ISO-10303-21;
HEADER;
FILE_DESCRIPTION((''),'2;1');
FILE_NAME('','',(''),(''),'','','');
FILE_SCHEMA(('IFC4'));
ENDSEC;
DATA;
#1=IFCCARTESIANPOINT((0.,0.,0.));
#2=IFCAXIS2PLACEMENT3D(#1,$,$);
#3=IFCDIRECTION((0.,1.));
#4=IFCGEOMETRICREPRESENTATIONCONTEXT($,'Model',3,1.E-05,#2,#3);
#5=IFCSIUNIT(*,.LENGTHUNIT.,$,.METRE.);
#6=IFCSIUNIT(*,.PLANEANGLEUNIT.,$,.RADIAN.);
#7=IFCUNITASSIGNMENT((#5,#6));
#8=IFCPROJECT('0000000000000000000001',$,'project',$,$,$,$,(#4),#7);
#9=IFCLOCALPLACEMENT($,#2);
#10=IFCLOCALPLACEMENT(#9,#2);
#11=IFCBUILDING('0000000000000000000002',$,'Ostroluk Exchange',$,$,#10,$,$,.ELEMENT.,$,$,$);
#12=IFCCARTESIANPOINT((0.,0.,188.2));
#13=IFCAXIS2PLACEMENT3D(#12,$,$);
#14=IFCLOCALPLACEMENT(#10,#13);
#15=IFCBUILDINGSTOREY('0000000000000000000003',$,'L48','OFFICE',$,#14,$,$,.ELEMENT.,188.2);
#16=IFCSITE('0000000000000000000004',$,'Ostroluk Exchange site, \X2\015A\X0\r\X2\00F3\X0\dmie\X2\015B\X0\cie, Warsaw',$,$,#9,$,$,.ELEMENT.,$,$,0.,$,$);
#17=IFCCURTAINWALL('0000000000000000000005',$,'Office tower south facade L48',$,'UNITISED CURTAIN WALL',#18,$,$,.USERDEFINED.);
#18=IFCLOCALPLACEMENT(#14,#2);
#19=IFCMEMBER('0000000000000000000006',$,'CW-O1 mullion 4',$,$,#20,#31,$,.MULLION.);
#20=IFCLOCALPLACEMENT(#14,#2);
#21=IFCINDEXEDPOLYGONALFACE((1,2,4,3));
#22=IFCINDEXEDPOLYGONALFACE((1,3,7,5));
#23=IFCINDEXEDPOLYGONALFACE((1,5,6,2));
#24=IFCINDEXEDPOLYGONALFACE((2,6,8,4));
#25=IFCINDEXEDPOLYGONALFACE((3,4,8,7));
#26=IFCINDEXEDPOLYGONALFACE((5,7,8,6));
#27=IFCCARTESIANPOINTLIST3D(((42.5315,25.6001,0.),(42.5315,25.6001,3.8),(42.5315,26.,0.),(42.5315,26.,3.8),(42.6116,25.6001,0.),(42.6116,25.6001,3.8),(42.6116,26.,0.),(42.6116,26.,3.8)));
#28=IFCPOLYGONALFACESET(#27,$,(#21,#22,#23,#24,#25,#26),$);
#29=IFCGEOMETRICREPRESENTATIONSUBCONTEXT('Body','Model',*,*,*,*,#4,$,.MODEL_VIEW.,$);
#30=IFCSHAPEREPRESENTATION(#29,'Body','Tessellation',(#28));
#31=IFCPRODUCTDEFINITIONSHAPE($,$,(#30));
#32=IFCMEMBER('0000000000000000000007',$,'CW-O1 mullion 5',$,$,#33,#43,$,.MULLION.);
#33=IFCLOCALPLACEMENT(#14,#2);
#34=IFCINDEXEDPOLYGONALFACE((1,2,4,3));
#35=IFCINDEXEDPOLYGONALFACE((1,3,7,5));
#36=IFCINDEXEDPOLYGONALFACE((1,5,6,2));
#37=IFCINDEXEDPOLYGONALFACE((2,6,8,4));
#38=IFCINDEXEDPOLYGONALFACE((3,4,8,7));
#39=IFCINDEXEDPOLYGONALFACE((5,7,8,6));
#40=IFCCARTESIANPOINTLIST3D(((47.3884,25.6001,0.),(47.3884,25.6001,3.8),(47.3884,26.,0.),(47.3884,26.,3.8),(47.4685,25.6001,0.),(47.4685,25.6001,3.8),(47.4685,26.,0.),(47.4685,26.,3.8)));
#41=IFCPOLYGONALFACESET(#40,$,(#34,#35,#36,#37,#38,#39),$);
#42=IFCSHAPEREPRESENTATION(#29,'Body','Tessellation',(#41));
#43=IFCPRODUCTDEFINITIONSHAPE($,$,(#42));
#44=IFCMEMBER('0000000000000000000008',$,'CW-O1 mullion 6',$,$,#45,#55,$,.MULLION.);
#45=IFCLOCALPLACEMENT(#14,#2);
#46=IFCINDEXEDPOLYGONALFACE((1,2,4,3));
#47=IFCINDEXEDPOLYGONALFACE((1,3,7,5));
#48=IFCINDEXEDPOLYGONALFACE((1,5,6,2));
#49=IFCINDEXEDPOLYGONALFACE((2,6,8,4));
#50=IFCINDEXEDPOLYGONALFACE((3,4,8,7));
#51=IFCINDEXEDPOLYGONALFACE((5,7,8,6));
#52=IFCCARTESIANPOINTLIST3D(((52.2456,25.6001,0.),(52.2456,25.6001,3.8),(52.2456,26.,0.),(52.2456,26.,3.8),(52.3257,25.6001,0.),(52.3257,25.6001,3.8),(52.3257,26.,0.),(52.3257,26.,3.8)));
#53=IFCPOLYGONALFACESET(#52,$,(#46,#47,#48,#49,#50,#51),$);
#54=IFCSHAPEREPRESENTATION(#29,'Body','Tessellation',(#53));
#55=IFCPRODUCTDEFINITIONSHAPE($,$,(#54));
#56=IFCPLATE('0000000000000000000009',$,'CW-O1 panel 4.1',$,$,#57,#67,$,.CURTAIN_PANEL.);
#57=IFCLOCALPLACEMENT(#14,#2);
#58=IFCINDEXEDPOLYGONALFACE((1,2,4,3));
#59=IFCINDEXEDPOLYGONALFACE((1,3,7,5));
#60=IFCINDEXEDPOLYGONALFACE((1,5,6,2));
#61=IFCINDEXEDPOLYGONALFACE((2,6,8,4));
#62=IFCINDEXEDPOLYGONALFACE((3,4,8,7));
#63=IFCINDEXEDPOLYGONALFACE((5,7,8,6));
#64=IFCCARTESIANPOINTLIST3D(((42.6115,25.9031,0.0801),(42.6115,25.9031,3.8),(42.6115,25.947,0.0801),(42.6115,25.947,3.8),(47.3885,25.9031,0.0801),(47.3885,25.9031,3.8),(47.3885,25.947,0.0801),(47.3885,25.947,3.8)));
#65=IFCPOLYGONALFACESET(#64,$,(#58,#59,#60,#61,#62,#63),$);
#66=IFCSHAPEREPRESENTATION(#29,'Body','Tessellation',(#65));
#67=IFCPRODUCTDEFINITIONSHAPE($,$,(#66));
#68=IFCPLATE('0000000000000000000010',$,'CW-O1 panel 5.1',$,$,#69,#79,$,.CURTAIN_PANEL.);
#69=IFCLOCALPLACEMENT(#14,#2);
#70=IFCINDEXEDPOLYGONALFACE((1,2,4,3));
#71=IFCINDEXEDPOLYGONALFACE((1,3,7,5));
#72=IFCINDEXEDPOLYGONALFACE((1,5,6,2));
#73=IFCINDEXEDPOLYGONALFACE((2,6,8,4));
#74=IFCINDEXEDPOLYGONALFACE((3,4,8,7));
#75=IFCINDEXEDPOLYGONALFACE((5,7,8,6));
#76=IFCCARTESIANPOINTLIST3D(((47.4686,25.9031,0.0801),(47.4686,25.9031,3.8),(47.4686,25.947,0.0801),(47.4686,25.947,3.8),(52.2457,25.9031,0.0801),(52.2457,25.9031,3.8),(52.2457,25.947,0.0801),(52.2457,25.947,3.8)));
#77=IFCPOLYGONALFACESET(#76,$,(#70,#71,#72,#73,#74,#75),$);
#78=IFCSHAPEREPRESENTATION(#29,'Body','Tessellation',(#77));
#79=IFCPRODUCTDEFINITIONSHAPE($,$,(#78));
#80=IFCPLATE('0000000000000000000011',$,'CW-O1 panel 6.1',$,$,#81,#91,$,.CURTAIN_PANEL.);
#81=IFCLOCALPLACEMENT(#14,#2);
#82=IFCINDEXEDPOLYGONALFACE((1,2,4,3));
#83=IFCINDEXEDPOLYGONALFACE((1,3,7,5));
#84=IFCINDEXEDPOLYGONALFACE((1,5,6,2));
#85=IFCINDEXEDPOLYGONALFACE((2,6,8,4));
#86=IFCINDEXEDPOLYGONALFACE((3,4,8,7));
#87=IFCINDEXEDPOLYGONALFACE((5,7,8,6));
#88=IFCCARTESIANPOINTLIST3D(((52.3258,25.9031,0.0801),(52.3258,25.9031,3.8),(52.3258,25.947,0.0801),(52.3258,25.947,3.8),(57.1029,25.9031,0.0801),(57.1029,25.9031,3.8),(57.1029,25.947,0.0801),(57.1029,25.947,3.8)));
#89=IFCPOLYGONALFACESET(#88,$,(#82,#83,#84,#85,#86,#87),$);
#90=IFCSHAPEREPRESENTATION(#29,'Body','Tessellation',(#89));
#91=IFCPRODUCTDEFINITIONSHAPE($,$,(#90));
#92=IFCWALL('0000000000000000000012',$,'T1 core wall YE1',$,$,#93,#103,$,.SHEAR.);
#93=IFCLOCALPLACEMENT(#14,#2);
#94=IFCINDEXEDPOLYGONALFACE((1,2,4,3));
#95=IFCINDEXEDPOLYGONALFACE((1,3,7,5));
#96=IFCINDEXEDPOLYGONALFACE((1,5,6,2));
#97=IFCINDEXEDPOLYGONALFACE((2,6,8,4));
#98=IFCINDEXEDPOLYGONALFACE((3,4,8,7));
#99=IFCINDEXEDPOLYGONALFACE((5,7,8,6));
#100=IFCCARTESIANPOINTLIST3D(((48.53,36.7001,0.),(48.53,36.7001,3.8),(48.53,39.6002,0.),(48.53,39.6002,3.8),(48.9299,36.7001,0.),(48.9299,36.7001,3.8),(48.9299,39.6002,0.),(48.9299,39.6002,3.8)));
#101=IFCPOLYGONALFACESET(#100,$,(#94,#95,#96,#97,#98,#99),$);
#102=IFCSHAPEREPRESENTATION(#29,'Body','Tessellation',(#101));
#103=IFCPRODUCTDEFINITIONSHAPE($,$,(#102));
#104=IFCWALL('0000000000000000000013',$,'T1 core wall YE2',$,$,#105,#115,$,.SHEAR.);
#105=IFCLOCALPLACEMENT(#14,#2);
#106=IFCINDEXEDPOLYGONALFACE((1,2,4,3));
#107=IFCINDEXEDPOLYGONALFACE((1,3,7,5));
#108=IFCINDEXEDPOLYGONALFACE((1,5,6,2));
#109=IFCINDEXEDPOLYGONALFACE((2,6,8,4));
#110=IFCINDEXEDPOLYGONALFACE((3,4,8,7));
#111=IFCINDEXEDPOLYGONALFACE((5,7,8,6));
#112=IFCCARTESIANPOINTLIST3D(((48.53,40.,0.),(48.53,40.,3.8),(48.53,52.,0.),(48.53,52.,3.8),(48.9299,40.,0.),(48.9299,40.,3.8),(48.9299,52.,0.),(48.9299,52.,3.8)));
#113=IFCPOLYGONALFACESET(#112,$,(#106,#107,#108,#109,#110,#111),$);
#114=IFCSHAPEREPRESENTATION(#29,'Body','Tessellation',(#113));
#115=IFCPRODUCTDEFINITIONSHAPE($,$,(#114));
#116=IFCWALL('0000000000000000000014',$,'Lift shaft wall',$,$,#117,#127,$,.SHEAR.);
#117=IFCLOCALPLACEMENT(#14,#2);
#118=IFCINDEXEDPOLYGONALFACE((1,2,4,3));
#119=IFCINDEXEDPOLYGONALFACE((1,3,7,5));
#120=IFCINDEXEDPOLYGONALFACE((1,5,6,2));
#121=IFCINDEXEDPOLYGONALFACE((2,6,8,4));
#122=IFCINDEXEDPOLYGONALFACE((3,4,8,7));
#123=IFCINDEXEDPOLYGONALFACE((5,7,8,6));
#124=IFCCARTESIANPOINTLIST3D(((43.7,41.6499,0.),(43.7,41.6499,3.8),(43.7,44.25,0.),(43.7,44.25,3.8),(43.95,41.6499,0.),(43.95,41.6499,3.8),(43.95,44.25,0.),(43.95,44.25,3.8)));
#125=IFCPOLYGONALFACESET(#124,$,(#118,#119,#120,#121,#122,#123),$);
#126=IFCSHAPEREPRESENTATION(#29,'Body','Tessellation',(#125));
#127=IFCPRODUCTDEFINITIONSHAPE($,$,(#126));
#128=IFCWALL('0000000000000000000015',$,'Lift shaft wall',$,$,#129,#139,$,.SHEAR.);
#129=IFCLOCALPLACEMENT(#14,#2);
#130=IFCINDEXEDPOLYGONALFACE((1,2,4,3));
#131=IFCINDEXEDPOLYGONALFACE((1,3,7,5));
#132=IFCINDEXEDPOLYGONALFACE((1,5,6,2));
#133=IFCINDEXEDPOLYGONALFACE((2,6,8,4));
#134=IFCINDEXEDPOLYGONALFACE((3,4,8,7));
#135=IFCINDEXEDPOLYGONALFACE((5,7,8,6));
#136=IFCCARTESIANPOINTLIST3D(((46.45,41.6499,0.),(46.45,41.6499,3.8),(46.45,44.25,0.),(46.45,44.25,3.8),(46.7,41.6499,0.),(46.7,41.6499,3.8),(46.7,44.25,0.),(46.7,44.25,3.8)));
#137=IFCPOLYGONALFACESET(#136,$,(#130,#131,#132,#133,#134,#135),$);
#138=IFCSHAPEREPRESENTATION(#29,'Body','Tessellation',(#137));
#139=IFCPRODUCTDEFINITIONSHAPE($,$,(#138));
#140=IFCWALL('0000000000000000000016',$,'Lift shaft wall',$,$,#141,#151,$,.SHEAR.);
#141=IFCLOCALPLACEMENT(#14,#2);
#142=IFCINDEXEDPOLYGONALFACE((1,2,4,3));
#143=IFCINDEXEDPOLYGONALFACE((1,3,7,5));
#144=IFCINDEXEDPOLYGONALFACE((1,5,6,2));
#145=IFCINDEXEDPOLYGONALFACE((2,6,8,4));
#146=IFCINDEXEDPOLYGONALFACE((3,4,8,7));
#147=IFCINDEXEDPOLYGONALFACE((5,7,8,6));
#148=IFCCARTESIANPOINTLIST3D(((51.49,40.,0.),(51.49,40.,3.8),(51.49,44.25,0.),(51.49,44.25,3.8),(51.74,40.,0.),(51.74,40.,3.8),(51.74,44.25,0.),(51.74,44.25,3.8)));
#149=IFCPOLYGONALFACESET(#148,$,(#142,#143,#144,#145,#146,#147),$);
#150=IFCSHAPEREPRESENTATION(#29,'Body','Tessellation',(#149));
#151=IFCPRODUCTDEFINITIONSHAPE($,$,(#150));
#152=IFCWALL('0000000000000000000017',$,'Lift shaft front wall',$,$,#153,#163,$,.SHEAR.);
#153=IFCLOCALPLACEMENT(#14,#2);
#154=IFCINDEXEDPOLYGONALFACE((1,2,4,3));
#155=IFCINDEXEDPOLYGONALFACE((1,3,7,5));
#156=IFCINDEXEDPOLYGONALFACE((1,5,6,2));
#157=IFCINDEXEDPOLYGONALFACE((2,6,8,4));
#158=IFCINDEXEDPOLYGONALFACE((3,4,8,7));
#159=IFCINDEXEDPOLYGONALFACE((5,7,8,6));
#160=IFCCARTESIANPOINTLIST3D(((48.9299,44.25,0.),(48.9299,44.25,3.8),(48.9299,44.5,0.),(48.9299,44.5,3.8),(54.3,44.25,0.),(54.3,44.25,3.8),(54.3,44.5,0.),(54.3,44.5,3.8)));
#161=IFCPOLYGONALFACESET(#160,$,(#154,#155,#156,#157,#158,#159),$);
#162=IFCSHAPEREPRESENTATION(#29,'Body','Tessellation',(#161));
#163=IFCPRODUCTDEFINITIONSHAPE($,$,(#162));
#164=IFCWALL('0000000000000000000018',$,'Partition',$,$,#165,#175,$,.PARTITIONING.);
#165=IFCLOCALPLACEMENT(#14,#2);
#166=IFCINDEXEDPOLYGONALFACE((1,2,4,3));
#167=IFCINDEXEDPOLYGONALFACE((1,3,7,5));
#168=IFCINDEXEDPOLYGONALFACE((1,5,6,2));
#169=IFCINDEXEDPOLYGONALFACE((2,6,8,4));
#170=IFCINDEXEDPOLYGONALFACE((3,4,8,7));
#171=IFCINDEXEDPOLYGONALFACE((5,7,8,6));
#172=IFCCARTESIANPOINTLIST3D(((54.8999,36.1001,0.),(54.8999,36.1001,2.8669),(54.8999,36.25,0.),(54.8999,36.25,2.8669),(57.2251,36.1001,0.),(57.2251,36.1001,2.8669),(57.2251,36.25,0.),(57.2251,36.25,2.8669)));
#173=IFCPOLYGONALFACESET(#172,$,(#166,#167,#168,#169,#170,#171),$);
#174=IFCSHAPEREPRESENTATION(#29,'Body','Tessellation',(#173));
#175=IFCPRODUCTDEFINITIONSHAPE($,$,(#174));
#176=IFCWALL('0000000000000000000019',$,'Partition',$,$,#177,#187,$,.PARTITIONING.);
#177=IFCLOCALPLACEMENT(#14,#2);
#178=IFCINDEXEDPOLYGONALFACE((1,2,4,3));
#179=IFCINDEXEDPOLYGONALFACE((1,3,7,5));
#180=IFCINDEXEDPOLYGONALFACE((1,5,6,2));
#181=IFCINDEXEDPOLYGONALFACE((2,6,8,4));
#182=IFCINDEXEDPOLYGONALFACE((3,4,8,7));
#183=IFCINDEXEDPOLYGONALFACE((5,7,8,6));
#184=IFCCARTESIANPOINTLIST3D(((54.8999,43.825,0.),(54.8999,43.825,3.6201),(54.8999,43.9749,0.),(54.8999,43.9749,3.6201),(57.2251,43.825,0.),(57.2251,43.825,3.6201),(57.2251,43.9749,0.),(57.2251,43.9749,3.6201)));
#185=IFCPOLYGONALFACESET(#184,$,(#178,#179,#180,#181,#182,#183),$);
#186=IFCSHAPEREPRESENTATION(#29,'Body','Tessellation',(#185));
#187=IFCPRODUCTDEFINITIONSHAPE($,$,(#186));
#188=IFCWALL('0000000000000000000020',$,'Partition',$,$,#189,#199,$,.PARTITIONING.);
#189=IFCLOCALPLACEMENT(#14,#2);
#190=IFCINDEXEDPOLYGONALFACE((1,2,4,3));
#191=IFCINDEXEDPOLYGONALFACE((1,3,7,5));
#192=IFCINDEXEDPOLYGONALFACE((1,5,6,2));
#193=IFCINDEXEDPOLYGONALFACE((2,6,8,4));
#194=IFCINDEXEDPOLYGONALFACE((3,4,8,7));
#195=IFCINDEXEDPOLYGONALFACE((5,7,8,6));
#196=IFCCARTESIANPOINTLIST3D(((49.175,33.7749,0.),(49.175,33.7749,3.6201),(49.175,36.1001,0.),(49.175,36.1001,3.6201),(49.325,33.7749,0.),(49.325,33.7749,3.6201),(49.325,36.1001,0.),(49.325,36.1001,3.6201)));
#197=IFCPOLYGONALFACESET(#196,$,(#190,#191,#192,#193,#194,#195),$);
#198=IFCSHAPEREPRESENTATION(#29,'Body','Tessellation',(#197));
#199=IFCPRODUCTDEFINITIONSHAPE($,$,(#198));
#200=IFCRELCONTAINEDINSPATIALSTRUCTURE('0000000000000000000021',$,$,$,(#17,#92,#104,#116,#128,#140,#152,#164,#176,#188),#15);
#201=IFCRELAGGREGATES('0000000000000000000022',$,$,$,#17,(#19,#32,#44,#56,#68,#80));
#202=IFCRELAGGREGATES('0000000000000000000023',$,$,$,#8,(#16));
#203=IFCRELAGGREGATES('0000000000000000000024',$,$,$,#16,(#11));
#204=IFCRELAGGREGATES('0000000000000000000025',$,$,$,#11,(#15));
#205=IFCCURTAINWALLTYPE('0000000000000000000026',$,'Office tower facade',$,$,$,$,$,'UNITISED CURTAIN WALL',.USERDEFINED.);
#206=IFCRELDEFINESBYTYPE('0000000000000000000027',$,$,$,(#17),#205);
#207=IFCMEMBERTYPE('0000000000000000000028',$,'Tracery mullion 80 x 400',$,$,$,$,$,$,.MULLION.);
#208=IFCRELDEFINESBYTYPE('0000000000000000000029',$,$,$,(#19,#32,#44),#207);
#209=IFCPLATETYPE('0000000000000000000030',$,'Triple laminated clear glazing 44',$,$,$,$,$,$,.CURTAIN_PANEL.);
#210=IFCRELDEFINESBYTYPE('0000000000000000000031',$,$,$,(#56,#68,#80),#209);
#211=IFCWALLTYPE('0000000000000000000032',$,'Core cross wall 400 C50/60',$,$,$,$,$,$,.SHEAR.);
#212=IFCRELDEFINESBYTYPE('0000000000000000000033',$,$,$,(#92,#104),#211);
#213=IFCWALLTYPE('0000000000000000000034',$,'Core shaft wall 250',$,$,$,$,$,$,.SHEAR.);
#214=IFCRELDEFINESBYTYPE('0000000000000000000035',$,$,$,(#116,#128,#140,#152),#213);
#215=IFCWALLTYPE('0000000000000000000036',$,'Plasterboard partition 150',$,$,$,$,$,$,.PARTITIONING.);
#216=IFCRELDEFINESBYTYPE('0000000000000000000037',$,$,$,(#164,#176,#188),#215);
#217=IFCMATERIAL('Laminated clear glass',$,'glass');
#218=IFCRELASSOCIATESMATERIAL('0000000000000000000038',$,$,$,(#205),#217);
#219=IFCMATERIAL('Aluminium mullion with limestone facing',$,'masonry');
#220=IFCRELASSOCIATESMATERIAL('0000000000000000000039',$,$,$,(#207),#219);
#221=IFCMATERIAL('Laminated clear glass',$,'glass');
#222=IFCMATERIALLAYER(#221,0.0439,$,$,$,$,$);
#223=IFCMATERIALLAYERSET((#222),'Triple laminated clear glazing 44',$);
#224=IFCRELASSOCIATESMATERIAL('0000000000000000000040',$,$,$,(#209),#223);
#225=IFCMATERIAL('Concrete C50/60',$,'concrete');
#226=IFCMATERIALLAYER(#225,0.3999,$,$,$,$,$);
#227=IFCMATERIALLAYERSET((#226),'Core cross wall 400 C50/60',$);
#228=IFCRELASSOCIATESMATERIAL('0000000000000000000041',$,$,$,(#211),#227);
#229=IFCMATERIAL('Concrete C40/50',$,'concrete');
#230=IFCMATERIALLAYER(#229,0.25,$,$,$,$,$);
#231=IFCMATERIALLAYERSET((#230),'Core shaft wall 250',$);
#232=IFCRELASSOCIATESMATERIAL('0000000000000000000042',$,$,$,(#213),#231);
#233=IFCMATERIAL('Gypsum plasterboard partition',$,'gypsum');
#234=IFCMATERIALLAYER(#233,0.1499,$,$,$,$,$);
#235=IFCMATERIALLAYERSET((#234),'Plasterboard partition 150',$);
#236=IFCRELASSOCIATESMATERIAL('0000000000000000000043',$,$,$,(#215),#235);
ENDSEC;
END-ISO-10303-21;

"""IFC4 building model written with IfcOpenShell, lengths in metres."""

from ifc_helpers import new_model, si_unit, direction, frame, frame_2d, origin, origin_2d, place, context, subcontext, project, spatial, rectangle, extrude, material, layer, layer_set, material_profile, profile_set, type_object, element, aggregate, save


model = new_model("IFC4")

# Units and contexts
model_context = context("Model", 3, precision=1e-05, world=origin(), true_north=direction((0.0, 1.0)))
body_context = subcontext(model_context, "Body", "Model", "MODEL_VIEW")
ifc_project = project(units=[si_unit("LENGTHUNIT", "METRE"), si_unit("PLANEANGLEUNIT", "RADIAN")], contexts=[model_context])

# Site, building, storey
site_placement = place(None, origin())
site = spatial("IfcSite", under=ifc_project, at=site_placement, Name="Ostroluk Exchange site, Śródmieście, Warsaw", CompositionType="ELEMENT", RefElevation=0.0)
building_placement = place(site_placement, origin())
building = spatial("IfcBuilding", under=site, at=building_placement, Name="Ostroluk Exchange", CompositionType="ELEMENT")
storey_placement = place(building_placement, frame((0.0, 0.0, 188.2)))
storey = spatial("IfcBuildingStorey", under=building, at=storey_placement, Name="L48", Description="OFFICE", CompositionType="ELEMENT", Elevation=188.2)

# Curtain wall, members, plates
ifc_material_1 = material(Name="Laminated clear glass", Category="glass")
curtain_wall_type = type_object("IfcCurtainWallType", Name="Office tower facade", ElementType="UNITISED CURTAIN WALL", PredefinedType="USERDEFINED", material=ifc_material_1)
curtain_wall_placement = place(storey_placement, origin())
curtain_wall = element("IfcCurtainWall", 1, at=curtain_wall_placement, inside=storey, type_object=curtain_wall_type, Name="Office tower south facade L48", ObjectType="UNITISED CURTAIN WALL", PredefinedType="USERDEFINED")
ifc_material_2 = material(Name="Aluminium mullion with limestone facing", Category="masonry")
ifc_material_profile_1 = material_profile(ifc_material_2, rectangle(XDim=0.3999, YDim=0.0801, at=origin_2d()), Name="Tracery mullion 80 x 400")
ifc_profile_set_1 = profile_set([ifc_material_profile_1], Name="Aluminium mullion with limestone facing")
member_type_1 = type_object("IfcMemberType", Name="Tracery mullion 80 x 400", PredefinedType="MULLION", material=ifc_profile_set_1)
member_1_placement = place(storey_placement, frame((42.5715, 25.8, 0.0), z_axis=(0.0, 0.0, 1.0), x_axis=(0.0, 1.0, 0.0)))
member_1 = element("IfcMember", 2, at=member_1_placement, type_object=member_type_1, Name="CW-O1 mullion 4", PredefinedType="MULLION", context=body_context, shape_type="SweptSolid", body=[
    extrude(rectangle(XDim=0.3999, YDim=0.0801, at=origin_2d()), origin(), (0.0, 0.0, 1.0), 3.8),
])
member_2_placement = place(storey_placement, frame((47.4285, 25.8, 0.0), z_axis=(0.0, 0.0, 1.0), x_axis=(0.0, 1.0, 0.0)))
member_2 = element("IfcMember", 3, at=member_2_placement, type_object=member_type_1, Name="CW-O1 mullion 5", PredefinedType="MULLION", context=body_context, shape_type="SweptSolid", body=[
    extrude(rectangle(XDim=0.3999, YDim=0.0801, at=origin_2d()), origin(), (0.0, 0.0, 1.0), 3.8),
])
member_3_placement = place(storey_placement, frame((52.2856, 25.8, 0.0), z_axis=(0.0, 0.0, 1.0), x_axis=(0.0, 1.0, 0.0)))
member_3 = element("IfcMember", 4, at=member_3_placement, type_object=member_type_1, Name="CW-O1 mullion 6", PredefinedType="MULLION", context=body_context, shape_type="SweptSolid", body=[
    extrude(rectangle(XDim=0.3999, YDim=0.0801, at=origin_2d()), origin(), (0.0, 0.0, 1.0), 3.8),
])
ifc_material_3 = material(Name="Laminated clear glass", Category="glass")
ifc_layer_1 = layer(ifc_material_3, 0.0439)
ifc_layer_set_1 = layer_set([ifc_layer_1], Name="Triple laminated clear glazing 44")
plate_type = type_object("IfcPlateType", Name="Triple laminated clear glazing 44", PredefinedType="CURTAIN_PANEL", material=ifc_layer_set_1)
plate_1_placement = place(storey_placement, frame((45.0, 25.925, 0.0801), z_axis=(0.0, 0.0, 1.0), x_axis=(1.0, 0.0, 0.0)))
plate_1 = element("IfcPlate", 5, at=plate_1_placement, type_object=plate_type, Name="CW-O1 panel 4.1", PredefinedType="CURTAIN_PANEL", context=body_context, shape_type="SweptSolid", body=[
    extrude(rectangle(XDim=4.7771, YDim=0.0439, at=origin_2d()), origin(), (0.0, 0.0, 1.0), 3.72),
])
plate_2_placement = place(storey_placement, frame((49.8572, 25.925, 0.0801), z_axis=(0.0, 0.0, 1.0), x_axis=(1.0, 0.0, 0.0)))
plate_2 = element("IfcPlate", 6, at=plate_2_placement, type_object=plate_type, Name="CW-O1 panel 5.1", PredefinedType="CURTAIN_PANEL", context=body_context, shape_type="SweptSolid", body=[
    extrude(rectangle(XDim=4.7771, YDim=0.0439, at=origin_2d()), origin(), (0.0, 0.0, 1.0), 3.72),
])
plate_3_placement = place(storey_placement, frame((54.7144, 25.925, 0.0801), z_axis=(0.0, 0.0, 1.0), x_axis=(1.0, 0.0, 0.0)))
plate_3 = element("IfcPlate", 7, at=plate_3_placement, type_object=plate_type, Name="CW-O1 panel 6.1", PredefinedType="CURTAIN_PANEL", context=body_context, shape_type="SweptSolid", body=[
    extrude(rectangle(XDim=4.7771, YDim=0.0439, at=origin_2d()), origin(), (0.0, 0.0, 1.0), 3.72),
])
aggregate(curtain_wall, [member_1, member_2, member_3, plate_1, plate_2, plate_3])

# Walls
ifc_material_4 = material(Name="Concrete C50/60", Category="concrete")
ifc_layer_2 = layer(ifc_material_4, 0.3999)
ifc_layer_set_2 = layer_set([ifc_layer_2], Name="Core cross wall 400 C50/60")
wall_type_1 = type_object("IfcWallType", Name="Core cross wall 400 C50/60", PredefinedType="SHEAR", material=ifc_layer_set_2)
wall_1_placement = place(storey_placement, frame((48.73, 36.7, 0.0), z_axis=(0.0, 0.0, 1.0), x_axis=(0.0, 1.0, 0.0)))
element("IfcWall", 8, at=wall_1_placement, inside=storey, type_object=wall_type_1, Name="T1 core wall YE1", PredefinedType="SHEAR", context=body_context, shape_type="SweptSolid", body=[
    extrude(rectangle(XDim=2.9001, YDim=0.3999, at=frame_2d((1.4502, 0.0))), origin(), (0.0, 0.0, 1.0), 3.8),
])
wall_2_placement = place(storey_placement, frame((48.73, 40.0, 0.0), z_axis=(0.0, 0.0, 1.0), x_axis=(0.0, 1.0, 0.0)))
element("IfcWall", 9, at=wall_2_placement, inside=storey, type_object=wall_type_1, Name="T1 core wall YE2", PredefinedType="SHEAR", context=body_context, shape_type="SweptSolid", body=[
    extrude(rectangle(XDim=12.0, YDim=0.3999, at=frame_2d((6.0, 0.0))), origin(), (0.0, 0.0, 1.0), 3.8),
])

# Shared definitions
ifc_material_5 = material(Name="Concrete C40/50", Category="concrete")
ifc_layer_3 = layer(ifc_material_5, 0.25)
ifc_layer_set_3 = layer_set([ifc_layer_3], Name="Core shaft wall 250")
wall_type_2 = type_object("IfcWallType", Name="Core shaft wall 250", PredefinedType="SHEAR", material=ifc_layer_set_3)

# Walls
for number, where, z_axis, x_axis, name in (
    (10, (43.825, 44.25, 0.0), (0.0, 0.0, 1.0), (0.0, -1.0, 0.0), "Lift shaft wall"),
    (11, (46.575, 44.25, 0.0), (0.0, 0.0, 1.0), (0.0, -1.0, 0.0), "Lift shaft wall"),
):
    element("IfcWall", number, at=place(storey_placement, frame(where, z_axis=z_axis, x_axis=x_axis)), inside=storey, type_object=wall_type_2, Name=name, PredefinedType="SHEAR", context=body_context, shape_type="SweptSolid", body=[
        extrude(rectangle(XDim=2.6001, YDim=0.25, at=frame_2d((1.3, 0.0))), origin(), (0.0, 0.0, 1.0), 3.8),
    ])
wall_3_placement = place(storey_placement, frame((51.615, 44.25, 0.0), z_axis=(0.0, 0.0, 1.0), x_axis=(0.0, -1.0, 0.0)))
element("IfcWall", 12, at=wall_3_placement, inside=storey, type_object=wall_type_2, Name="Lift shaft wall", PredefinedType="SHEAR", context=body_context, shape_type="SweptSolid", body=[
    extrude(rectangle(XDim=4.25, YDim=0.25, at=frame_2d((2.125, 0.0))), origin(), (0.0, 0.0, 1.0), 3.8),
])
wall_4_placement = place(storey_placement, frame((48.9299, 44.375, 0.0), z_axis=(0.0, 0.0, 1.0), x_axis=(1.0, 0.0, 0.0)))
element("IfcWall", 13, at=wall_4_placement, inside=storey, type_object=wall_type_2, Name="Lift shaft front wall", PredefinedType="SHEAR", context=body_context, shape_type="SweptSolid", body=[
    extrude(rectangle(XDim=5.3701, YDim=0.25, at=frame_2d((2.6851, 0.0))), origin(), (0.0, 0.0, 1.0), 3.8),
])

# Walls
ifc_material_6 = material(Name="Gypsum plasterboard partition", Category="gypsum")
ifc_layer_4 = layer(ifc_material_6, 0.1499)
ifc_layer_set_4 = layer_set([ifc_layer_4], Name="Plasterboard partition 150")
wall_type_3 = type_object("IfcWallType", Name="Plasterboard partition 150", PredefinedType="PARTITIONING", material=ifc_layer_set_4)
wall_5_placement = place(storey_placement, frame((54.8999, 36.175, 0.0), z_axis=(0.0, 0.0, 1.0), x_axis=(1.0, 0.0, 0.0)))
element("IfcWall", 14, at=wall_5_placement, inside=storey, type_object=wall_type_3, Name="Partition", PredefinedType="PARTITIONING", context=body_context, shape_type="SweptSolid", body=[
    extrude(rectangle(XDim=2.3252, YDim=0.1499, at=frame_2d((1.1626, 0.0))), origin(), (0.0, 0.0, 1.0), 2.8669),
])
for number, where, z_axis, x_axis, name in (
    (15, (54.8999, 43.8999, 0.0), (0.0, 0.0, 1.0), (1.0, 0.0, 0.0), "Partition"),
    (16, (49.25, 36.1001, 0.0), (0.0, 0.0, 1.0), (0.0, -1.0, 0.0), "Partition"),
):
    element("IfcWall", number, at=place(storey_placement, frame(where, z_axis=z_axis, x_axis=x_axis)), inside=storey, type_object=wall_type_3, Name=name, PredefinedType="PARTITIONING", context=body_context, shape_type="SweptSolid", body=[
        extrude(rectangle(XDim=2.3252, YDim=0.1499, at=frame_2d((1.1626, 0.0))), origin(), (0.0, 0.0, 1.0), 3.6201),
    ])

save(model, "model.ifc")
